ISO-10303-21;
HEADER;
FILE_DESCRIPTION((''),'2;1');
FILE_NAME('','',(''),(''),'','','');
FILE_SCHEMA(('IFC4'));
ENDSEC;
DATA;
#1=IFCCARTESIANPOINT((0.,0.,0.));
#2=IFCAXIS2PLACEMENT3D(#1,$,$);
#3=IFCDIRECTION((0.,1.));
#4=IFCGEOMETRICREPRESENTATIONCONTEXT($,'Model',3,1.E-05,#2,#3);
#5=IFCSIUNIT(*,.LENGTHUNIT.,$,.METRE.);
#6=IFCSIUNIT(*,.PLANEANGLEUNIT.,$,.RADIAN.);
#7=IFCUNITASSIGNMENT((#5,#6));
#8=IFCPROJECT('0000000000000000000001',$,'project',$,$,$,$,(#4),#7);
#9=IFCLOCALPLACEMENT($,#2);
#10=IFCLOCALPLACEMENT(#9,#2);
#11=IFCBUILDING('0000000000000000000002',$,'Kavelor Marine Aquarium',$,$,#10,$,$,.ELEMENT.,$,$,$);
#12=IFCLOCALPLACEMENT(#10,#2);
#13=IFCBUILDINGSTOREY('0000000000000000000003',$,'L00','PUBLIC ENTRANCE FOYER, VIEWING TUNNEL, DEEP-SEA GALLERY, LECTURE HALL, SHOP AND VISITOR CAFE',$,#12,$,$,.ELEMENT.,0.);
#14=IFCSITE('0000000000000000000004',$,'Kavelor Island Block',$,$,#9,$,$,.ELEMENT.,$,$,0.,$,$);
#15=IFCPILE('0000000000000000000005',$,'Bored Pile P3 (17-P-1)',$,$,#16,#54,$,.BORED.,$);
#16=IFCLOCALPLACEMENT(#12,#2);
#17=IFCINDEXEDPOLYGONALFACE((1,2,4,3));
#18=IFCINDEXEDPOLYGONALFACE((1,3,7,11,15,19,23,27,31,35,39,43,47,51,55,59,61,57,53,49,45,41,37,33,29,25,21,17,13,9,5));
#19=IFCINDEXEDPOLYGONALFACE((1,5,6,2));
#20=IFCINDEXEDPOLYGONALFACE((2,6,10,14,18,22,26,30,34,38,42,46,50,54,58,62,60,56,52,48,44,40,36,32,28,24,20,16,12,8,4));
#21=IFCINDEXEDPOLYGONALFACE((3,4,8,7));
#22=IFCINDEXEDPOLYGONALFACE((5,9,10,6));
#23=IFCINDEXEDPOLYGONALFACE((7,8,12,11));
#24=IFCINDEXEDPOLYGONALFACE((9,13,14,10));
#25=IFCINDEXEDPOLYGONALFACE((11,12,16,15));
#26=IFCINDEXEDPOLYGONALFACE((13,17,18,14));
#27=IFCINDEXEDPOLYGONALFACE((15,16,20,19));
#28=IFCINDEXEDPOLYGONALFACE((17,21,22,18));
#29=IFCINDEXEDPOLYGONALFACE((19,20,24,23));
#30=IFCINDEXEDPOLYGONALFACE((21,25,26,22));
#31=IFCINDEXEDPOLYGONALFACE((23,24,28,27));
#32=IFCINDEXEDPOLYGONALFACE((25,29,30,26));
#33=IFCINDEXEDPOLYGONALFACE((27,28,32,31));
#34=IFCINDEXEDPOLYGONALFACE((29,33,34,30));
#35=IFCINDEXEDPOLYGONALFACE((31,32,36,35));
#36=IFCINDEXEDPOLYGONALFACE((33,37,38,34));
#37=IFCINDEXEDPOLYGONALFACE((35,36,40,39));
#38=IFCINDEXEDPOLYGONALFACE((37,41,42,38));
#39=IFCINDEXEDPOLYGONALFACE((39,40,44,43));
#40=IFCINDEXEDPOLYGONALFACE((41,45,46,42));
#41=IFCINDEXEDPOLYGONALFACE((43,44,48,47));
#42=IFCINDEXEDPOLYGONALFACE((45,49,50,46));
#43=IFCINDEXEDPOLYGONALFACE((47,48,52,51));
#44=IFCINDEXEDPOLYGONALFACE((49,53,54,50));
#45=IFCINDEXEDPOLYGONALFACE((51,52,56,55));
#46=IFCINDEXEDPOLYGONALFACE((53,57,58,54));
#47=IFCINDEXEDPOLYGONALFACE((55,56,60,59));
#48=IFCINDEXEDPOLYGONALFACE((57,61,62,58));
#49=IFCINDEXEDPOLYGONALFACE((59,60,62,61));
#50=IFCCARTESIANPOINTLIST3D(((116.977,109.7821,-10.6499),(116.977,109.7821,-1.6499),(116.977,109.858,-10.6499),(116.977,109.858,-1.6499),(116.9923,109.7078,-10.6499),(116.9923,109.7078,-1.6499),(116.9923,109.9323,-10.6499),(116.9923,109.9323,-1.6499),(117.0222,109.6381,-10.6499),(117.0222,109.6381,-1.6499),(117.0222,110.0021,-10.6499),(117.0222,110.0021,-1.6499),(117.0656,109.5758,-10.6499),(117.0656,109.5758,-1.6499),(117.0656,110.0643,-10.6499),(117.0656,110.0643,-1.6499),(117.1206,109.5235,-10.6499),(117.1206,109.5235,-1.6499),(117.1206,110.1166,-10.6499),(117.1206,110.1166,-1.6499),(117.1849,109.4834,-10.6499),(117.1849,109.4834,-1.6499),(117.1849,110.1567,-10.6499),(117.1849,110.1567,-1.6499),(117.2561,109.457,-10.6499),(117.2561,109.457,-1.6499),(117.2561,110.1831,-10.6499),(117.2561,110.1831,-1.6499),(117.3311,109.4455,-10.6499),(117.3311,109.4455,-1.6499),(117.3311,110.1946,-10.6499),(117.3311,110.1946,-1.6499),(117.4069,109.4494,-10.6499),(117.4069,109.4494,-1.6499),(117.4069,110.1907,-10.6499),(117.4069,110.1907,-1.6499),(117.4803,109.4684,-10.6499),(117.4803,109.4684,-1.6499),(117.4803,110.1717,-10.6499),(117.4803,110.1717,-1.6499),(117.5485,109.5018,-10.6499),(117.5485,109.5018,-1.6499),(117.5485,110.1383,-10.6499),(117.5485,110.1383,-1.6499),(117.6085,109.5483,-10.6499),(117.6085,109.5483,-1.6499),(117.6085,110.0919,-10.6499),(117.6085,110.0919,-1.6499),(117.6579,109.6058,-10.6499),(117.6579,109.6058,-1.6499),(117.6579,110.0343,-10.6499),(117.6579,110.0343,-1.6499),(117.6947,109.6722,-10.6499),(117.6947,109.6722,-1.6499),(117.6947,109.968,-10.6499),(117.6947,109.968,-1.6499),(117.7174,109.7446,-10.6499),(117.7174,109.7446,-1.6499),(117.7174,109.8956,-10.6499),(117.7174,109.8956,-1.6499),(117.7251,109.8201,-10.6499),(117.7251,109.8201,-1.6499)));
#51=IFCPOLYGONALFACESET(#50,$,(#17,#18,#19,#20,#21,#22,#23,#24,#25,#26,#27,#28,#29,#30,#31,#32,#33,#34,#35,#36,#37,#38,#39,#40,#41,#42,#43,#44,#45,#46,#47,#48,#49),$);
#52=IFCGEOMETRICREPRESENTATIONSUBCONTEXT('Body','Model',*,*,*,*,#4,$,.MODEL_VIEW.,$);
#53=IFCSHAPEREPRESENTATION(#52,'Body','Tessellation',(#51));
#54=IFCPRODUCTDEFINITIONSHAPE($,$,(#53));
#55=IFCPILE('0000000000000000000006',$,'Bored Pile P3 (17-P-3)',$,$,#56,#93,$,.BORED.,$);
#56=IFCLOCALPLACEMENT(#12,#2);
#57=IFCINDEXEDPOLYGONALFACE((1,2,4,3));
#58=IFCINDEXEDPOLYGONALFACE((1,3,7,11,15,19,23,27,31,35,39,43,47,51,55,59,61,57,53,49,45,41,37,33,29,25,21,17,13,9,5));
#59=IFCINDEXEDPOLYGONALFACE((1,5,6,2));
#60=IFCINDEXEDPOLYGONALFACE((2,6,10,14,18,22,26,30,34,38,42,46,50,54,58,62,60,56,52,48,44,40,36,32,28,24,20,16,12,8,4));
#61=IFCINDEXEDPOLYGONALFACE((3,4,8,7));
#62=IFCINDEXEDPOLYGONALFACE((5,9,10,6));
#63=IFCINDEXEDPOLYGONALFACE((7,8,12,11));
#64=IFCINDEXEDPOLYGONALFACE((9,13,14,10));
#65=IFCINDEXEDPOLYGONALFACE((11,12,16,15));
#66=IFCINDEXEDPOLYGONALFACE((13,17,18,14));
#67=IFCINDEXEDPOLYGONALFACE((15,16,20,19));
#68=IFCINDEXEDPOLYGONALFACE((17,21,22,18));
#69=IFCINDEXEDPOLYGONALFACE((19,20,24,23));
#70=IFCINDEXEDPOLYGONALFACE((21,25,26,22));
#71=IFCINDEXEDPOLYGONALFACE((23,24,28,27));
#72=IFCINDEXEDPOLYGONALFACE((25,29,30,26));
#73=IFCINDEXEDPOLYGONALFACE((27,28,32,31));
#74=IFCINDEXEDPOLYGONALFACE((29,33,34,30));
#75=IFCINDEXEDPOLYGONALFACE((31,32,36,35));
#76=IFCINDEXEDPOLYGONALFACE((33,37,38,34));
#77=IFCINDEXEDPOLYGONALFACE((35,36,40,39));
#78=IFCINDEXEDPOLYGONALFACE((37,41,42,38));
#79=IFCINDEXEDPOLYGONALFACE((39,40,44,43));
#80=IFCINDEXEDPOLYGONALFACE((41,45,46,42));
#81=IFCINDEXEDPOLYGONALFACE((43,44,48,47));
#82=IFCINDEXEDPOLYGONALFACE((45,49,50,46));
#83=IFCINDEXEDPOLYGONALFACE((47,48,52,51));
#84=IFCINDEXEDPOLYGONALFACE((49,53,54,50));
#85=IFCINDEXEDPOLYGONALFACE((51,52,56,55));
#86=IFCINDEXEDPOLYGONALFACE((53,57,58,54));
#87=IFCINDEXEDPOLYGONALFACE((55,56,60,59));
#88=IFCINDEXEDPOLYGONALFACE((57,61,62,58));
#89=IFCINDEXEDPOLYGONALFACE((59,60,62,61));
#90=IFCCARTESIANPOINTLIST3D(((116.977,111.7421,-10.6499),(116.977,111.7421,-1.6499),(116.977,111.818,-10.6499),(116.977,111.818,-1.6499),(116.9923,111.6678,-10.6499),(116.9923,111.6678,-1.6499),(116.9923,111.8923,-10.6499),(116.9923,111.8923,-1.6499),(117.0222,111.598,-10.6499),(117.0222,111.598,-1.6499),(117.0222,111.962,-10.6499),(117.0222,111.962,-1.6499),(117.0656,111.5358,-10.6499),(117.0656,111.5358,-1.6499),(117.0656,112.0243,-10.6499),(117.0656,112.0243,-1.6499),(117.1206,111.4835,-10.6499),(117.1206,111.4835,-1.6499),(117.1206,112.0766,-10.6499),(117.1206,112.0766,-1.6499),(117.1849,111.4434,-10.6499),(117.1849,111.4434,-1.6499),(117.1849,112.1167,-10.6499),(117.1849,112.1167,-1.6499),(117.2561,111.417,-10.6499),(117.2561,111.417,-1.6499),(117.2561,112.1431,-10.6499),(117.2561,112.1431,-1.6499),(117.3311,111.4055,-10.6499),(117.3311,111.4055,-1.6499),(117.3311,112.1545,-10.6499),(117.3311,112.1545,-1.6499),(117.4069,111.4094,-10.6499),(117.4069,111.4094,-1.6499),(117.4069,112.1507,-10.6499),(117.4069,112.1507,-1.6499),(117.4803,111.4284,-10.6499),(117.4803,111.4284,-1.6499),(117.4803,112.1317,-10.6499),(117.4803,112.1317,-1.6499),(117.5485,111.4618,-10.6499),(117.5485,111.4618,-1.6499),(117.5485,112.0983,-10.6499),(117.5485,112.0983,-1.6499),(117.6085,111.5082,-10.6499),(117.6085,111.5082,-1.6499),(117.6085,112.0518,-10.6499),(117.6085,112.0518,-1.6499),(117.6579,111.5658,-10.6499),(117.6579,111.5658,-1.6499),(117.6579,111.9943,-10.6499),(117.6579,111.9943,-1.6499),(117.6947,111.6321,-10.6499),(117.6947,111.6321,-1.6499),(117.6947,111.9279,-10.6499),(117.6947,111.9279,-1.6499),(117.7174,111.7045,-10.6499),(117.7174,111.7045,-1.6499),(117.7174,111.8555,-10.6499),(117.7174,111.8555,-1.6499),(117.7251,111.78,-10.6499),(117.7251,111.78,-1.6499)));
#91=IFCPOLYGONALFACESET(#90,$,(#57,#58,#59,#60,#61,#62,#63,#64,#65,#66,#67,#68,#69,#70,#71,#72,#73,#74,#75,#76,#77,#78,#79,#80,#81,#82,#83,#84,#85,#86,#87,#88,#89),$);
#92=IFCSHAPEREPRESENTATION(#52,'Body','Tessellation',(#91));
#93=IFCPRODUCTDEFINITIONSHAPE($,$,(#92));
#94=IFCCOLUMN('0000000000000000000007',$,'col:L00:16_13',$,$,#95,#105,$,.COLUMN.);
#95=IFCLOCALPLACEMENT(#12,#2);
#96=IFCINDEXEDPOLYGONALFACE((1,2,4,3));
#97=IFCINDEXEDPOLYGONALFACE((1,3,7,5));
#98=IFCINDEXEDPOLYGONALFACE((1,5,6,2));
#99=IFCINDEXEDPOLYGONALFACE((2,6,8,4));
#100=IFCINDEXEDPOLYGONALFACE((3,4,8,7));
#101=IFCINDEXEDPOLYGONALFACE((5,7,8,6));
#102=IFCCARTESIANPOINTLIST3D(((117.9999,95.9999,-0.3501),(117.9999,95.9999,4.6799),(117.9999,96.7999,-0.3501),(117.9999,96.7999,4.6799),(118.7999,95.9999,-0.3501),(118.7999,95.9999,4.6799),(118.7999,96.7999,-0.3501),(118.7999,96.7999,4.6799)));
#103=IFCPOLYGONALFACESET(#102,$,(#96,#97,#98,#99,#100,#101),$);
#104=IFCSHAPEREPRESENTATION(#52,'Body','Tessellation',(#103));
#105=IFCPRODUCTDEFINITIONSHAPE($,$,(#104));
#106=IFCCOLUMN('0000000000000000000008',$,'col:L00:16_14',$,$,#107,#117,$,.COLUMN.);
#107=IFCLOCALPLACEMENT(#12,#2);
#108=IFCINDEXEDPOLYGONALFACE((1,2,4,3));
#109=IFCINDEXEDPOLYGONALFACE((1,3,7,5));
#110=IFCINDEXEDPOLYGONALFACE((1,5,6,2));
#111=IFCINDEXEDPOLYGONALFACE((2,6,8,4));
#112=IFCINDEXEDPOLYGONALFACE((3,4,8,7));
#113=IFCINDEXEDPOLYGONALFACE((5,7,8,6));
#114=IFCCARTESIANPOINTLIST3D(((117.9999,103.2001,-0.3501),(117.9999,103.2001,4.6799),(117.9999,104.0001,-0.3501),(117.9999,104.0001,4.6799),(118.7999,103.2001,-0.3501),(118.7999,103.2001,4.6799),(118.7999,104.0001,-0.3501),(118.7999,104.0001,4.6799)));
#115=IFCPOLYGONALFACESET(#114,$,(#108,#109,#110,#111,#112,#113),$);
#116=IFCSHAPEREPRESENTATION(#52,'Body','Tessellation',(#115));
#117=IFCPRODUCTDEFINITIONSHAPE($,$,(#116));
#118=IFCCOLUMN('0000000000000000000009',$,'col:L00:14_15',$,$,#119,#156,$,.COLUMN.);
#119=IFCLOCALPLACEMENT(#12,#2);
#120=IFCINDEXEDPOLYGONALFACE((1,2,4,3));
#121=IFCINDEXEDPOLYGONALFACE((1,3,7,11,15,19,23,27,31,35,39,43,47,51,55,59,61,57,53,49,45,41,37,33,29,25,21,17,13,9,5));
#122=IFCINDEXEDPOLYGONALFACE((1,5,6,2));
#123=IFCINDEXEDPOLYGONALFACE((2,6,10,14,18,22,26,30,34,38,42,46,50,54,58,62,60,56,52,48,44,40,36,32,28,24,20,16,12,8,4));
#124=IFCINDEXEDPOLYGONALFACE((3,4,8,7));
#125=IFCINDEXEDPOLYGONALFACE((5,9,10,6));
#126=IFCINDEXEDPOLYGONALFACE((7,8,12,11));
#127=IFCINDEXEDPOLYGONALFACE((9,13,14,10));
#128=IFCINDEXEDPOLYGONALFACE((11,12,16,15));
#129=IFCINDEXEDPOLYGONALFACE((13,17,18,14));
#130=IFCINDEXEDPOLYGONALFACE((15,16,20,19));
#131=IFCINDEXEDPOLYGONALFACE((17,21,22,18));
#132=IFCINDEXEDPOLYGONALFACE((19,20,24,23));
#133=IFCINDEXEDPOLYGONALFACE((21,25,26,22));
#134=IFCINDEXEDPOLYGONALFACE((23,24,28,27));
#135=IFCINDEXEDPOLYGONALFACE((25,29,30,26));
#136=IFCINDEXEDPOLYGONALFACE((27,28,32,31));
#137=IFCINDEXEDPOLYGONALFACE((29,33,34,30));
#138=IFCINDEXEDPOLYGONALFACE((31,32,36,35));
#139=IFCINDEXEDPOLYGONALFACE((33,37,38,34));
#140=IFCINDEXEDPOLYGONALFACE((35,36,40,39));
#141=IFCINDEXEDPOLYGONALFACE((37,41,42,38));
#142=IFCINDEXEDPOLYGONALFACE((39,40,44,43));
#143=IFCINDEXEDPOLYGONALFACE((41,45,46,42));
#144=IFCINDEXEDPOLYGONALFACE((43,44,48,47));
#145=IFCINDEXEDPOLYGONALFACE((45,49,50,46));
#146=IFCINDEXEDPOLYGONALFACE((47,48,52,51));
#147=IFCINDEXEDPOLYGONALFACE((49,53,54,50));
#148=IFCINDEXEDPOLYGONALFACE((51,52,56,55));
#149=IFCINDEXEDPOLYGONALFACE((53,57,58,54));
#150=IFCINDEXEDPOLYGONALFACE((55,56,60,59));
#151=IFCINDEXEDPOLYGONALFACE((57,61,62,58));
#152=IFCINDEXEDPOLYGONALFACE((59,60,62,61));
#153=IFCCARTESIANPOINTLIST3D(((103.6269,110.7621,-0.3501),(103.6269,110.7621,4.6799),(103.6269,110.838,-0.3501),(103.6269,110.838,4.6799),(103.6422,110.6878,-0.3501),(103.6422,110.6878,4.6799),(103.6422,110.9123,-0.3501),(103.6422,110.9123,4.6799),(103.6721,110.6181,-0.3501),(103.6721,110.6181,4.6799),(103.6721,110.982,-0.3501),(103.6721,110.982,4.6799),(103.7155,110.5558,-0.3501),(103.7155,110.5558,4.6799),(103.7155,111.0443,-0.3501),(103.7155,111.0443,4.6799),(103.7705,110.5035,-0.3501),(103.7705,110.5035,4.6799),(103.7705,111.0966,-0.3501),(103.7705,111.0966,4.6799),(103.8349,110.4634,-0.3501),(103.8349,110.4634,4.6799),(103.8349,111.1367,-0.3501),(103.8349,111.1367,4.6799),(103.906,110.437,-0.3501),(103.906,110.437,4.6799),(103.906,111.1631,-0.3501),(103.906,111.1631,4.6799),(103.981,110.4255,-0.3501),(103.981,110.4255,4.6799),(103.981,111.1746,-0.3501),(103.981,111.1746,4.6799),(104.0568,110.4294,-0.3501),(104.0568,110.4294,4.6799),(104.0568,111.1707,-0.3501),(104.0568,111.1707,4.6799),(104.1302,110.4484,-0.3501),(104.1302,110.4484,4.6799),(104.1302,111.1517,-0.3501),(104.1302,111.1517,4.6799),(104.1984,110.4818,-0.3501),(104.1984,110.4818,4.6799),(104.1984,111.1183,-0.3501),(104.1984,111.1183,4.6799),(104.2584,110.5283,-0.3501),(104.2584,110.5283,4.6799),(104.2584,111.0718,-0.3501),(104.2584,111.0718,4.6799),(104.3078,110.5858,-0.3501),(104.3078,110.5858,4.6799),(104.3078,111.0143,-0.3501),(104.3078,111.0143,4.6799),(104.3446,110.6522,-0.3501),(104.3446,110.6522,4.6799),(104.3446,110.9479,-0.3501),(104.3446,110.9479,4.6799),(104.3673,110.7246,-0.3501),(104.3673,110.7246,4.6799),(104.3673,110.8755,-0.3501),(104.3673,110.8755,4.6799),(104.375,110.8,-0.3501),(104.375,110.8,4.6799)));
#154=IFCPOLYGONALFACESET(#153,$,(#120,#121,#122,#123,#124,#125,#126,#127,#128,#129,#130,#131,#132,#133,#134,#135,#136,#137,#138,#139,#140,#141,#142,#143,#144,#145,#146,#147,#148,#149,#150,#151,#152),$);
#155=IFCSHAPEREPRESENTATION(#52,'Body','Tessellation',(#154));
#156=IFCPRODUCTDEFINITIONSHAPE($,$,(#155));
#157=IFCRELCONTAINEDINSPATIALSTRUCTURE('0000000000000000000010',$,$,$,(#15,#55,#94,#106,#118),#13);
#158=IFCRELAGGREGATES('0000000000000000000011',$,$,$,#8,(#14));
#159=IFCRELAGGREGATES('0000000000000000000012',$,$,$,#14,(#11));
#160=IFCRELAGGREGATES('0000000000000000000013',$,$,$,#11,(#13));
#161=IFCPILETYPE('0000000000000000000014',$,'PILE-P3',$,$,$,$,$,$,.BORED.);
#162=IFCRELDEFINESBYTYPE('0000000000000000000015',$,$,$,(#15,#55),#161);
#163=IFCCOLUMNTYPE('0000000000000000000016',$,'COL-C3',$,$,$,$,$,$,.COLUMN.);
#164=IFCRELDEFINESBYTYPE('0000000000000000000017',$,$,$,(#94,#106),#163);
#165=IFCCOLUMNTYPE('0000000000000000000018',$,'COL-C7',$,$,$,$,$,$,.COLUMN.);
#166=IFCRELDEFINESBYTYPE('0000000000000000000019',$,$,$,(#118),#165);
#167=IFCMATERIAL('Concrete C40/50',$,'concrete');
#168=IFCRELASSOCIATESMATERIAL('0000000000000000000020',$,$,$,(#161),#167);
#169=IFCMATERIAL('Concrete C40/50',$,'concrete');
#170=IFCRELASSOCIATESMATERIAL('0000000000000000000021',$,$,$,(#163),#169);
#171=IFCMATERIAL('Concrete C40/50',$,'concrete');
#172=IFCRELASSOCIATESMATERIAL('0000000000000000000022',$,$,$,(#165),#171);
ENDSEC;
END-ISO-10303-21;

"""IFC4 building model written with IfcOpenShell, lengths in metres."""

from ifc_helpers import new_model, si_unit, direction, frame, origin, origin_2d, place, context, subcontext, project, spatial, rectangle, circle, extrude, material, material_profile, profile_set, type_object, element, save


model = new_model("IFC4")

# Units and contexts
model_context = context("Model", 3, precision=1e-05, world=origin(), true_north=direction((0.0, 1.0)))
body_context = subcontext(model_context, "Body", "Model", "MODEL_VIEW")
ifc_project = project(units=[si_unit("LENGTHUNIT", "METRE"), si_unit("PLANEANGLEUNIT", "RADIAN")], contexts=[model_context])

# Site, building, storey
site_placement = place(None, origin())
site = spatial("IfcSite", under=ifc_project, at=site_placement, Name="Kavelor Island Block", CompositionType="ELEMENT", RefElevation=0.0)
building_placement = place(site_placement, origin())
building = spatial("IfcBuilding", under=site, at=building_placement, Name="Kavelor Marine Aquarium", CompositionType="ELEMENT")
storey_placement = place(building_placement, origin())
storey = spatial("IfcBuildingStorey", under=building, at=storey_placement, Name="L00", Description="PUBLIC ENTRANCE FOYER, VIEWING TUNNEL, DEEP-SEA GALLERY, LECTURE HALL, SHOP AND VISITOR CAFE", CompositionType="ELEMENT", Elevation=0.0)

# Piles
ifc_material_1 = material(Name="Concrete C40/50", Category="concrete")
ifc_material_profile_1 = material_profile(ifc_material_1, circle(Radius=0.375, at=origin_2d()), Name="PILE D750")
ifc_profile_set_1 = profile_set([ifc_material_profile_1], Name="Concrete C40/50")
pile_type_1 = type_object("IfcPileType", Name="PILE-P3", PredefinedType="BORED", material=ifc_profile_set_1)
for number, where, z_axis, x_axis, name in (
    (1, (117.3501, 109.8201, -1.6499), (0.0, 0.0, -1.0), (1.0, 0.0, 0.0), "Bored Pile P3 (17-P-1)"),
    (2, (117.3501, 111.78, -1.6499), (0.0, 0.0, -1.0), (1.0, 0.0, 0.0), "Bored Pile P3 (17-P-3)"),
):
    element("IfcPile", number, at=place(storey_placement, frame(where, z_axis=z_axis, x_axis=x_axis)), inside=storey, type_object=pile_type_1, Name=name, PredefinedType="BORED", context=body_context, shape_type="SweptSolid", body=[
        extrude(circle(Radius=0.375, at=origin_2d()), origin(), (0.0, 0.0, 1.0), 9.0),
    ])

# Columns
ifc_material_2 = material(Name="Concrete C40/50", Category="concrete")
ifc_material_profile_2 = material_profile(ifc_material_2, rectangle(XDim=0.8, YDim=0.8, at=origin_2d()), Name="RC-COL 800x800")
ifc_profile_set_2 = profile_set([ifc_material_profile_2], Name="Concrete C40/50")
column_type_1 = type_object("IfcColumnType", Name="COL-C3", PredefinedType="COLUMN", material=ifc_profile_set_2)
for number, where, z_axis, x_axis, name in (
    (3, (118.3999, 96.3999, -0.3501), (0.0, 0.0, 1.0), (1.0, 0.0, 0.0), "col:L00:16_13"),
    (4, (118.3999, 103.6001, -0.3501), (0.0, 0.0, 1.0), (1.0, 0.0, 0.0), "col:L00:16_14"),
):
    element("IfcColumn", number, at=place(storey_placement, frame(where, z_axis=z_axis, x_axis=x_axis)), inside=storey, type_object=column_type_1, Name=name, PredefinedType="COLUMN", context=body_context, shape_type="SweptSolid", body=[
        extrude(rectangle(XDim=0.8, YDim=0.8, at=origin_2d()), origin(), (0.0, 0.0, 1.0), 5.03),
    ])
ifc_material_3 = material(Name="Concrete C40/50", Category="concrete")
ifc_material_profile_3 = material_profile(ifc_material_3, circle(Radius=0.375, at=origin_2d()), Name="RC-COL D750")
ifc_profile_set_3 = profile_set([ifc_material_profile_3], Name="Concrete C40/50")
column_type_2 = type_object("IfcColumnType", Name="COL-C7", PredefinedType="COLUMN", material=ifc_profile_set_3)
column_placement = place(storey_placement, frame((104.0, 110.8, -0.3501), z_axis=(0.0, 0.0, 1.0), x_axis=(1.0, 0.0, 0.0)))
element("IfcColumn", 5, at=column_placement, inside=storey, type_object=column_type_2, Name="col:L00:14_15", PredefinedType="COLUMN", context=body_context, shape_type="SweptSolid", body=[
    extrude(circle(Radius=0.375, at=origin_2d()), origin(), (0.0, 0.0, 1.0), 5.03),
])

save(model, "model.ifc")
